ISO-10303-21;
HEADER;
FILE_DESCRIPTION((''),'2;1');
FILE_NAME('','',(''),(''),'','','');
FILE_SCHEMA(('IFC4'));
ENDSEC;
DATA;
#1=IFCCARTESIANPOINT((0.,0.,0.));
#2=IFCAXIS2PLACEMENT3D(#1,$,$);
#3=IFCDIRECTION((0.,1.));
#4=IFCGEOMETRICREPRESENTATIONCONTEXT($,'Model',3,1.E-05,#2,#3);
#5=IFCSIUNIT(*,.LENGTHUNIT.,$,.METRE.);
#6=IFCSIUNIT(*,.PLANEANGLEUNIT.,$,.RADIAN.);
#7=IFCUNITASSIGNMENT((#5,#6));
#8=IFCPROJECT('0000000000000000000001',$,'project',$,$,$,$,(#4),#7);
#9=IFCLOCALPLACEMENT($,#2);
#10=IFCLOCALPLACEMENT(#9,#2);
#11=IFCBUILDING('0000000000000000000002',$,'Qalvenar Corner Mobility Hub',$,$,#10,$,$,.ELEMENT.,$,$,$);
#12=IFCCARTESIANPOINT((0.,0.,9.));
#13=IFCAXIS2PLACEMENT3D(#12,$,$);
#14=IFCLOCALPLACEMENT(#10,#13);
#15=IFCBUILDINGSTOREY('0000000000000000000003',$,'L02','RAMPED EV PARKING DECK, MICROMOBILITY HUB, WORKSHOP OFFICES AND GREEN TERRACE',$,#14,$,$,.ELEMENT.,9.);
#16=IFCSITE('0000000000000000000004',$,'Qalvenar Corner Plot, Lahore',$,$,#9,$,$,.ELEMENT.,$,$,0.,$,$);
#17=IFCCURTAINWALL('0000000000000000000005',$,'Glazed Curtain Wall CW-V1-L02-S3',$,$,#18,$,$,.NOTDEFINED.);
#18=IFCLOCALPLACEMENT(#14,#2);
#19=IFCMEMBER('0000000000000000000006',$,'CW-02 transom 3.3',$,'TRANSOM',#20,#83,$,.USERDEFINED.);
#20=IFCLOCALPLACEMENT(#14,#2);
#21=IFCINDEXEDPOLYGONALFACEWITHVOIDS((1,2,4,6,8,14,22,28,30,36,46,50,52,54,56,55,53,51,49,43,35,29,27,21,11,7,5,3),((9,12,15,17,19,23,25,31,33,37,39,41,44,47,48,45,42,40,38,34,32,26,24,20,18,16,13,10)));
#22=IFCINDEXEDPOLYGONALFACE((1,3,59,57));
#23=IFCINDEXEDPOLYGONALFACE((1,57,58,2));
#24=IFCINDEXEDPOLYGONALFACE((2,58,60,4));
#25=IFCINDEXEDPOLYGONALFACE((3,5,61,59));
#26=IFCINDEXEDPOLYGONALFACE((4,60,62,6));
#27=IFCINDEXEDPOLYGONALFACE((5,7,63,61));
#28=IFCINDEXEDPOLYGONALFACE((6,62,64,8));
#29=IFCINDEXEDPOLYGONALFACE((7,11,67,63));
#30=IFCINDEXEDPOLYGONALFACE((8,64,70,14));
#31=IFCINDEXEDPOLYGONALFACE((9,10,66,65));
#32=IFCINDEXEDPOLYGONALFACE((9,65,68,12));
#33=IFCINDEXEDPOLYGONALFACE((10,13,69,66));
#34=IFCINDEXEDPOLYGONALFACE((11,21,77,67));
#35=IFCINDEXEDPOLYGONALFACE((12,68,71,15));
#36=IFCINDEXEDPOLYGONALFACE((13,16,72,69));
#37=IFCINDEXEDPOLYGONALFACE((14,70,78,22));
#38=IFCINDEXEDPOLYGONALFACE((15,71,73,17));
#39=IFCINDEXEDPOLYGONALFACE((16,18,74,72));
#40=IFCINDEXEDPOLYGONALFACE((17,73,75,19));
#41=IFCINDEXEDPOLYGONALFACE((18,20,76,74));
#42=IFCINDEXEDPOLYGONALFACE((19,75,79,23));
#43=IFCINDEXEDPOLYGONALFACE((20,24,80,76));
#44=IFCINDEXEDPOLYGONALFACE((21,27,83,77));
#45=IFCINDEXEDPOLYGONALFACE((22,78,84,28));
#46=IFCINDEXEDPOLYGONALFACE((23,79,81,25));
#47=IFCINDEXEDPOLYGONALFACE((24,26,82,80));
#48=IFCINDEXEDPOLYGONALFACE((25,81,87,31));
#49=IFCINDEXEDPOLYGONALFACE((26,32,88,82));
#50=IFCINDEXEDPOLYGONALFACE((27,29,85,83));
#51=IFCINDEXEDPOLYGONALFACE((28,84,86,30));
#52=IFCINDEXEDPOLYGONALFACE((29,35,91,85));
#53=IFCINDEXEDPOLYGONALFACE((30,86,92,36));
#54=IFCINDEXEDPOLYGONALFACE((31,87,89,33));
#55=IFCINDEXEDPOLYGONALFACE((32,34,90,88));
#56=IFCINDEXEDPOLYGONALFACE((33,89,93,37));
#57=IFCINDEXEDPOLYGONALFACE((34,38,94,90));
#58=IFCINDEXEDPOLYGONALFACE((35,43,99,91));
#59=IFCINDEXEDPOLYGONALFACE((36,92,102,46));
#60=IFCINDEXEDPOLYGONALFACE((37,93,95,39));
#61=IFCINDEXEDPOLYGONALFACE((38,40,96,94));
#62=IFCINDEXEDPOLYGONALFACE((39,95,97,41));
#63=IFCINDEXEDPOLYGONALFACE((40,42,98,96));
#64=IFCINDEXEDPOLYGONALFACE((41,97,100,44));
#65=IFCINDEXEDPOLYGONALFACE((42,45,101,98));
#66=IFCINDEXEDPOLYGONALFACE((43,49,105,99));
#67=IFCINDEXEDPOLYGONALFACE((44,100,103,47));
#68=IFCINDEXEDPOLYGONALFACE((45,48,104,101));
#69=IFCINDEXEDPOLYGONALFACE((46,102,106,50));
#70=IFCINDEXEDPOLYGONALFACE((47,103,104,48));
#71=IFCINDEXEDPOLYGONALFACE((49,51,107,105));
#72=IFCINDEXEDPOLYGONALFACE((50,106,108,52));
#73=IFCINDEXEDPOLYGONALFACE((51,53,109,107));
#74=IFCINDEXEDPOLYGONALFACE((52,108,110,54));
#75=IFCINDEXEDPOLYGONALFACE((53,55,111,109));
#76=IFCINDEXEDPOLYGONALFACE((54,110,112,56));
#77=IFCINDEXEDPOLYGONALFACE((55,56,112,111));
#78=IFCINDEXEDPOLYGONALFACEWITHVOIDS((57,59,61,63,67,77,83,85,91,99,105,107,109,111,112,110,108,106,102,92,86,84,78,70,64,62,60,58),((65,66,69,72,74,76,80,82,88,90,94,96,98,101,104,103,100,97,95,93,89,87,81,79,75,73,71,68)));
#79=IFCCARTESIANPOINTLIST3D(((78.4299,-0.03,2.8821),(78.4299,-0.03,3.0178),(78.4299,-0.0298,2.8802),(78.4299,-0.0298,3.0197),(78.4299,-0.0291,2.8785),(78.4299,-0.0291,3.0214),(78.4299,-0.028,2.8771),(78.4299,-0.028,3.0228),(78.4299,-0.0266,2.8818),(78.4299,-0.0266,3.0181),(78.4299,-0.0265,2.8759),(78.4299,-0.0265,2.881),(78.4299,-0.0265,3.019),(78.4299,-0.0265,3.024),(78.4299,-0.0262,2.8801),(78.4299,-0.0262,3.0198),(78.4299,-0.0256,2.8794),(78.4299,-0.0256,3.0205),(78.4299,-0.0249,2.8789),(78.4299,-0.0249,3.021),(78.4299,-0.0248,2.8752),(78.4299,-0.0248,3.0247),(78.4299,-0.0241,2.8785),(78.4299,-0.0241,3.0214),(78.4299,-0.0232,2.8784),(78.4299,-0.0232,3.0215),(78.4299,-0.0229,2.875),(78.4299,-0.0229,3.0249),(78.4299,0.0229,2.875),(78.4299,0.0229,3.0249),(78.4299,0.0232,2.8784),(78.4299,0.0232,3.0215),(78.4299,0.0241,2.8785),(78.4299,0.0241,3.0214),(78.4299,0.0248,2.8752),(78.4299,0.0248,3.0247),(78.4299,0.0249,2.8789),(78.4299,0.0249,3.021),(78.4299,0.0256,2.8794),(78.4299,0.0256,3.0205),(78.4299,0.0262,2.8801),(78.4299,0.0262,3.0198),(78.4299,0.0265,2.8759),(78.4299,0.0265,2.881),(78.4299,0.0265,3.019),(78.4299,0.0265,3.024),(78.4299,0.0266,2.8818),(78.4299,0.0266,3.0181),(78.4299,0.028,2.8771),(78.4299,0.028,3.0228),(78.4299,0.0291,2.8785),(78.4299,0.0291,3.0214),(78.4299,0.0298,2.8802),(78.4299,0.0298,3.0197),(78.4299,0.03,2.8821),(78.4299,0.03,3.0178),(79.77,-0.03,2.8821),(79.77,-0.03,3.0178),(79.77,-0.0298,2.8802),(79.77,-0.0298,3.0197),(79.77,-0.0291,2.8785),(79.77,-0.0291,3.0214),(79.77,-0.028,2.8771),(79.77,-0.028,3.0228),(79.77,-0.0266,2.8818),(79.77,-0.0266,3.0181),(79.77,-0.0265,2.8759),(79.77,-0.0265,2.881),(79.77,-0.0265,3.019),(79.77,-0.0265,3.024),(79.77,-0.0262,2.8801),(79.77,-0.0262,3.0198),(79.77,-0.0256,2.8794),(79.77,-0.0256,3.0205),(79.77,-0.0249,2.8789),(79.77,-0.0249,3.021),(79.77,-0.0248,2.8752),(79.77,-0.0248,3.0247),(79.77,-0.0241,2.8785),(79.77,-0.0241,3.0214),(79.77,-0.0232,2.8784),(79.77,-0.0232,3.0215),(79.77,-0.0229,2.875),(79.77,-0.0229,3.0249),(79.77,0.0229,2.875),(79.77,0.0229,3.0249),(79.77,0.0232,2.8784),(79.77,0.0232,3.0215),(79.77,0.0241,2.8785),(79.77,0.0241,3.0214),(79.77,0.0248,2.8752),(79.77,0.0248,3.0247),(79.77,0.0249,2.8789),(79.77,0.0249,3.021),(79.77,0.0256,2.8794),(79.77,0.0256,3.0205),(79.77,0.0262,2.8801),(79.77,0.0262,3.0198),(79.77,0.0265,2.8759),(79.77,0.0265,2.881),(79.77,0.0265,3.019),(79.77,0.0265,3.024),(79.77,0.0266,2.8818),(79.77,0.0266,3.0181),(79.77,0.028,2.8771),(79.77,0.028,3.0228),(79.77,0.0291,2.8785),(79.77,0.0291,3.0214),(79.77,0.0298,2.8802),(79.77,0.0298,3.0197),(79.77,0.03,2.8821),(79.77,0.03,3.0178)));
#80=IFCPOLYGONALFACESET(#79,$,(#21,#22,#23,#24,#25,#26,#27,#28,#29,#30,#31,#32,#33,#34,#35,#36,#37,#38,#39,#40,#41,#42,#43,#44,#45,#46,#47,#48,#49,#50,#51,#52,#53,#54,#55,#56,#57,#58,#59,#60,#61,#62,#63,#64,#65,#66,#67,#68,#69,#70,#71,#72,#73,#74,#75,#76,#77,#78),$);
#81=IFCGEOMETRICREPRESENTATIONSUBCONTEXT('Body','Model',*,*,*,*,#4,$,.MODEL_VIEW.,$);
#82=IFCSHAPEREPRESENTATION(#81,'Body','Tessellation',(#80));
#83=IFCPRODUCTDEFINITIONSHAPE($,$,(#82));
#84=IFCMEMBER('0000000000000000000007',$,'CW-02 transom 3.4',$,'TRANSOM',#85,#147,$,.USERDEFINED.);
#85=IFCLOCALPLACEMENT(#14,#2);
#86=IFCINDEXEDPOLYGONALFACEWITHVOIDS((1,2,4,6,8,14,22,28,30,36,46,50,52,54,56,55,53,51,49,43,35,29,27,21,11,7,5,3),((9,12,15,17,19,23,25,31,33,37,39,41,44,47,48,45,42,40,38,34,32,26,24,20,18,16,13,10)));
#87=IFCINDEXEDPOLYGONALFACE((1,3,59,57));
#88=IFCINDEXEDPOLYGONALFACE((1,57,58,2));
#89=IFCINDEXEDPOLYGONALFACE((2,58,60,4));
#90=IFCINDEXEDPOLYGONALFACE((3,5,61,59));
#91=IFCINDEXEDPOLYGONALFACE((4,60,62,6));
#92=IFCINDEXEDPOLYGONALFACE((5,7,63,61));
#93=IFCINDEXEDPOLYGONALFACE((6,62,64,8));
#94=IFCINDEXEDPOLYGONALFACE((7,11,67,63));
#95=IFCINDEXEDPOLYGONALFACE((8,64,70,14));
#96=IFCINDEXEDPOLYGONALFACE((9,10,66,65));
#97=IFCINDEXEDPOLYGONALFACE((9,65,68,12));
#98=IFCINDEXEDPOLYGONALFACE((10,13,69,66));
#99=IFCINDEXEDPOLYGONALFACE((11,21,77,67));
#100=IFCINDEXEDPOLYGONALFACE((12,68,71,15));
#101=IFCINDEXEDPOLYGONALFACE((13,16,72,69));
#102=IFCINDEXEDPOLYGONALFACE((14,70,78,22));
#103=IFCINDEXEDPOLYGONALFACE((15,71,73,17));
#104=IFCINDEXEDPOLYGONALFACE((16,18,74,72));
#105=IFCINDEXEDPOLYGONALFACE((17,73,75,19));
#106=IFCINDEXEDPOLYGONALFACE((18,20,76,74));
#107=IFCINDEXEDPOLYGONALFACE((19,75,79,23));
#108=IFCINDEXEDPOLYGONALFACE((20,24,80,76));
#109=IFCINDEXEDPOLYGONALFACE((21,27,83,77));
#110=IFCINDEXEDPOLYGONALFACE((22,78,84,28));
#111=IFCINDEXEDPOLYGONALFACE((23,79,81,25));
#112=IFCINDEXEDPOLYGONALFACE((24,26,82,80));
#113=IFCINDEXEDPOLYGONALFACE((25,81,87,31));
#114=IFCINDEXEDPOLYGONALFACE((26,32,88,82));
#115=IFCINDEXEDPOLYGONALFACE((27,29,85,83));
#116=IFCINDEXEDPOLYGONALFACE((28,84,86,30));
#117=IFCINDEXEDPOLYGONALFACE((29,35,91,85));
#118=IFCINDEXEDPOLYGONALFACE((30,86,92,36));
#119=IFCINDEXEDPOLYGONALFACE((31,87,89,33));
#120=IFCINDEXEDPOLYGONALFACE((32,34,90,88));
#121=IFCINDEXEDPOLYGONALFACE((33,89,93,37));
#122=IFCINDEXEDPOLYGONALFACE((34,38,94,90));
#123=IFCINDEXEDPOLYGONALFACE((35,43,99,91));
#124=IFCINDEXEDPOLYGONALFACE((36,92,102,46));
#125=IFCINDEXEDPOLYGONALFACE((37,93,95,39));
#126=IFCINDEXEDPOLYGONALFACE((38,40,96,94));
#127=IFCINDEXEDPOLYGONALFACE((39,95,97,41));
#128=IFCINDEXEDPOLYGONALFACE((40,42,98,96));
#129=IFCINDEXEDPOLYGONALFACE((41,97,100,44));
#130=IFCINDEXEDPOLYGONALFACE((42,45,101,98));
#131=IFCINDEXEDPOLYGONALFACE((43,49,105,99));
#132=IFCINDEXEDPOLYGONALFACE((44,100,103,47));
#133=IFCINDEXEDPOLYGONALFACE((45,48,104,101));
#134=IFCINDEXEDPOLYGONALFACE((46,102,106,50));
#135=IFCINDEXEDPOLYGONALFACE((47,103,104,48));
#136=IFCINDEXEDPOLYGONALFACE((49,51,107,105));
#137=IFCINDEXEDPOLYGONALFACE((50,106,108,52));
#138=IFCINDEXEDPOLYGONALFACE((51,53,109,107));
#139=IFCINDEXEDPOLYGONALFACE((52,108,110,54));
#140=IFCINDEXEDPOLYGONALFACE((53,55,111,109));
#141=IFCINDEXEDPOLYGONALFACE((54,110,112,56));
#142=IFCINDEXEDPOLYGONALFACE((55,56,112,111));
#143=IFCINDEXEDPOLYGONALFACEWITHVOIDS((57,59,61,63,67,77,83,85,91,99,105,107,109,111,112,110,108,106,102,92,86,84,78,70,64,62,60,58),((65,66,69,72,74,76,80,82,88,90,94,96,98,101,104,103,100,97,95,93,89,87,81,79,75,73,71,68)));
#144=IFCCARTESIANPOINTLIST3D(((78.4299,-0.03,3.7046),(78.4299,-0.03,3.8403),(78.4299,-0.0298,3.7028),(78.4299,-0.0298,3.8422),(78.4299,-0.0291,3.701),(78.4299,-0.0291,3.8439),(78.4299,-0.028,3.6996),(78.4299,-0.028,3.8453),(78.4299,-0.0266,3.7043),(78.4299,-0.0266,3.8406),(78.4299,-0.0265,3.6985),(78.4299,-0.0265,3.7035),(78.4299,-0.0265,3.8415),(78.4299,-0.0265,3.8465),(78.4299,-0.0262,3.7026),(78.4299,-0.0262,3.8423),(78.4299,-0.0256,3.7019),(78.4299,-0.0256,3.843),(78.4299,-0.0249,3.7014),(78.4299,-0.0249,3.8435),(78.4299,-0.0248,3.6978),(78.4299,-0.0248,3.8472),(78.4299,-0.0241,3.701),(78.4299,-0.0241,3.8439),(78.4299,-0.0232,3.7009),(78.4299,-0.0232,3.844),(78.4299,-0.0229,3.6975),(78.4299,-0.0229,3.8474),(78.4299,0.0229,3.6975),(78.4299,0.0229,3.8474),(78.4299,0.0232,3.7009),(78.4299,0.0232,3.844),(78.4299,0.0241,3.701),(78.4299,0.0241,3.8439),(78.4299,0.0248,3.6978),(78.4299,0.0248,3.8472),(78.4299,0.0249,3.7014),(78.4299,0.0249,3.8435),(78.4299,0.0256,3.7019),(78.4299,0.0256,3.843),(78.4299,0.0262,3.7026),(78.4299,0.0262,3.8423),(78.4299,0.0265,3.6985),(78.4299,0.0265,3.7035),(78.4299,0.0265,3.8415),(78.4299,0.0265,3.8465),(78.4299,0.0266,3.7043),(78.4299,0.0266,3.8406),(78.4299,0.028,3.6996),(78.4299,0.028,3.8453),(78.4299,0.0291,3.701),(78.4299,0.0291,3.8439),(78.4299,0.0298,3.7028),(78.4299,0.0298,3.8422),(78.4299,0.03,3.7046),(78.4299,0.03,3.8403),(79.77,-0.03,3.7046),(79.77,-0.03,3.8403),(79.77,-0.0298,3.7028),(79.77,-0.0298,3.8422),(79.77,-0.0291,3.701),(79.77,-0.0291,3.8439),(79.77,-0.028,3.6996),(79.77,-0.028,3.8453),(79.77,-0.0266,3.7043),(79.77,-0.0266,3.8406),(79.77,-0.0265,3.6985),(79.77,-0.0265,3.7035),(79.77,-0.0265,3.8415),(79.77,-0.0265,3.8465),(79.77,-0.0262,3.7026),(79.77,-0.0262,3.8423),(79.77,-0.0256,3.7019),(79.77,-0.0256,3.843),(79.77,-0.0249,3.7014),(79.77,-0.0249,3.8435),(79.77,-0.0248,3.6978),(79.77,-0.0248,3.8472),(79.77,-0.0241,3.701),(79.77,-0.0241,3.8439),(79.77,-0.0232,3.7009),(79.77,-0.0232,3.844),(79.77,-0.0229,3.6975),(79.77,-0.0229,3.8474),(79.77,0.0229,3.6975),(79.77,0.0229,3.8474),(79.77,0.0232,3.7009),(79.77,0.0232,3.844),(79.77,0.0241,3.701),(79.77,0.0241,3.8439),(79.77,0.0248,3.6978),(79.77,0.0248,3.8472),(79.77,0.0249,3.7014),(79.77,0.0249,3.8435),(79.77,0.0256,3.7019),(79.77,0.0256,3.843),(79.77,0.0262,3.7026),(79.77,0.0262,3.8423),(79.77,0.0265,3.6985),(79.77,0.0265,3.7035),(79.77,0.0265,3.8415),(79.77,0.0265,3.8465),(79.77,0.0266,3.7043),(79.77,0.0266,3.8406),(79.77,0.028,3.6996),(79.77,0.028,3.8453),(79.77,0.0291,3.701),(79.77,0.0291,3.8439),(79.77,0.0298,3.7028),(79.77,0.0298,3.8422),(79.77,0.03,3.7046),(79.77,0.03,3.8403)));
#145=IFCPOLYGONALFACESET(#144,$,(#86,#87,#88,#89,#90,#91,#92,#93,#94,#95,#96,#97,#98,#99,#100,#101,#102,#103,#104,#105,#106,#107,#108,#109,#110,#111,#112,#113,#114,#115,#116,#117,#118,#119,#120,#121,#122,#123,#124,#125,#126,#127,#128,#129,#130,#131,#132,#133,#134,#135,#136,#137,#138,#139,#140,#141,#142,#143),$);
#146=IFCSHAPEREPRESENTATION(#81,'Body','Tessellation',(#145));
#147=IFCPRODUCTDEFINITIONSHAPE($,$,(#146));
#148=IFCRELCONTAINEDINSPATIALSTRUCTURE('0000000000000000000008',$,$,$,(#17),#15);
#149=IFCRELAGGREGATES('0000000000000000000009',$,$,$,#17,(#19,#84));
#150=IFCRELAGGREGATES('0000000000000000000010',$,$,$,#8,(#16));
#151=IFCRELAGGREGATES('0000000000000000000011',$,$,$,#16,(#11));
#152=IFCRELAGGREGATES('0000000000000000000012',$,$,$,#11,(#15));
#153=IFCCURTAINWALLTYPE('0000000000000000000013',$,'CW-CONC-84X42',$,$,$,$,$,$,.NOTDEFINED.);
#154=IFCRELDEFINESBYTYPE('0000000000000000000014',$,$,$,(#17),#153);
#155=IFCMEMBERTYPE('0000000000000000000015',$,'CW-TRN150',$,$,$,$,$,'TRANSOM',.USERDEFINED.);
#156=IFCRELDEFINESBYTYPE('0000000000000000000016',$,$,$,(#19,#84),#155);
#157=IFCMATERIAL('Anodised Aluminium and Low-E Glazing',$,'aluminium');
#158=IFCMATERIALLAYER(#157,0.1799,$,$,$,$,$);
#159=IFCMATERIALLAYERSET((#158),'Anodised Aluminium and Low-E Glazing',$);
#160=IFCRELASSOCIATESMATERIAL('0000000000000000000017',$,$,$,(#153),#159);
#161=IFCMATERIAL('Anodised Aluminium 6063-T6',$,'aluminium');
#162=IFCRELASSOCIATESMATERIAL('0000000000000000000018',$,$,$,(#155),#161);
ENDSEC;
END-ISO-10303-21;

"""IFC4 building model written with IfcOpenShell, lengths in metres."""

from ifc_helpers import new_model, si_unit, direction, frame, origin, origin_2d, place, context, subcontext, project, spatial, hollow_rectangle, extrude, material, layer, layer_set, material_profile, profile_set, type_object, element, aggregate, save


model = new_model("IFC4")

# Units and contexts
model_context = context("Model", 3, precision=1e-05, world=origin(), true_north=direction((0.0, 1.0)))
body_context = subcontext(model_context, "Body", "Model", "MODEL_VIEW")
ifc_project = project(units=[si_unit("LENGTHUNIT", "METRE"), si_unit("PLANEANGLEUNIT", "RADIAN")], contexts=[model_context])

# Site, building, storey
site_placement = place(None, origin())
site = spatial("IfcSite", under=ifc_project, at=site_placement, Name="Qalvenar Corner Plot, Lahore", CompositionType="ELEMENT", RefElevation=0.0)
building_placement = place(site_placement, origin())
building = spatial("IfcBuilding", under=site, at=building_placement, Name="Qalvenar Corner Mobility Hub", CompositionType="ELEMENT")
storey_placement = place(building_placement, frame((0.0, 0.0, 9.0)))
storey = spatial("IfcBuildingStorey", under=building, at=storey_placement, Name="L02", Description="RAMPED EV PARKING DECK, MICROMOBILITY HUB, WORKSHOP OFFICES AND GREEN TERRACE", CompositionType="ELEMENT", Elevation=9.0)

# Curtain wall, members
ifc_material_1 = material(Name="Anodised Aluminium and Low-E Glazing", Category="aluminium")
ifc_layer_1 = layer(ifc_material_1, 0.1799)
ifc_layer_set_1 = layer_set([ifc_layer_1], Name="Anodised Aluminium and Low-E Glazing")
curtain_wall_type = type_object("IfcCurtainWallType", Name="CW-CONC-84X42", PredefinedType="NOTDEFINED", material=ifc_layer_set_1)
curtain_wall_placement = place(storey_placement, origin())
curtain_wall = element("IfcCurtainWall", 1, at=curtain_wall_placement, inside=storey, type_object=curtain_wall_type, Name="Glazed Curtain Wall CW-V1-L02-S3", PredefinedType="NOTDEFINED")
ifc_material_2 = material(Name="Anodised Aluminium 6063-T6", Category="aluminium")
ifc_material_profile_1 = material_profile(ifc_material_2, hollow_rectangle(XDim=0.0601, YDim=0.1499, WallThickness=0.0034, InnerFilletRadius=0.0034, OuterFilletRadius=0.0071, at=origin_2d()), Name="RHS150x60x3.5")
ifc_profile_set_1 = profile_set([ifc_material_profile_1], Name="Anodised Aluminium 6063-T6")
member_type_1 = type_object("IfcMemberType", Name="CW-TRN150", ElementType="TRANSOM", PredefinedType="USERDEFINED", material=ifc_profile_set_1)
member_1_placement = place(storey_placement, frame((78.4299, 0.0, 2.95), z_axis=(1.0, 0.0, 0.0), x_axis=(0.0, 1.0, 0.0)))
member_1 = element("IfcMember", 2, at=member_1_placement, type_object=member_type_1, Name="CW-02 transom 3.3", ObjectType="TRANSOM", PredefinedType="USERDEFINED", context=body_context, shape_type="SweptSolid", body=[
    extrude(hollow_rectangle(XDim=0.0601, YDim=0.1499, WallThickness=0.0034, InnerFilletRadius=0.0034, OuterFilletRadius=0.0071, at=origin_2d()), origin(), (0.0, 0.0, 1.0), 1.3401),
])
member_2_placement = place(storey_placement, frame((78.4299, 0.0, 3.7725), z_axis=(1.0, 0.0, 0.0), x_axis=(0.0, 1.0, 0.0)))
member_2 = element("IfcMember", 3, at=member_2_placement, type_object=member_type_1, Name="CW-02 transom 3.4", ObjectType="TRANSOM", PredefinedType="USERDEFINED", context=body_context, shape_type="SweptSolid", body=[
    extrude(hollow_rectangle(XDim=0.0601, YDim=0.1499, WallThickness=0.0034, InnerFilletRadius=0.0034, OuterFilletRadius=0.0071, at=origin_2d()), origin(), (0.0, 0.0, 1.0), 1.3401),
])
aggregate(curtain_wall, [member_1, member_2])

save(model, "model.ifc")
